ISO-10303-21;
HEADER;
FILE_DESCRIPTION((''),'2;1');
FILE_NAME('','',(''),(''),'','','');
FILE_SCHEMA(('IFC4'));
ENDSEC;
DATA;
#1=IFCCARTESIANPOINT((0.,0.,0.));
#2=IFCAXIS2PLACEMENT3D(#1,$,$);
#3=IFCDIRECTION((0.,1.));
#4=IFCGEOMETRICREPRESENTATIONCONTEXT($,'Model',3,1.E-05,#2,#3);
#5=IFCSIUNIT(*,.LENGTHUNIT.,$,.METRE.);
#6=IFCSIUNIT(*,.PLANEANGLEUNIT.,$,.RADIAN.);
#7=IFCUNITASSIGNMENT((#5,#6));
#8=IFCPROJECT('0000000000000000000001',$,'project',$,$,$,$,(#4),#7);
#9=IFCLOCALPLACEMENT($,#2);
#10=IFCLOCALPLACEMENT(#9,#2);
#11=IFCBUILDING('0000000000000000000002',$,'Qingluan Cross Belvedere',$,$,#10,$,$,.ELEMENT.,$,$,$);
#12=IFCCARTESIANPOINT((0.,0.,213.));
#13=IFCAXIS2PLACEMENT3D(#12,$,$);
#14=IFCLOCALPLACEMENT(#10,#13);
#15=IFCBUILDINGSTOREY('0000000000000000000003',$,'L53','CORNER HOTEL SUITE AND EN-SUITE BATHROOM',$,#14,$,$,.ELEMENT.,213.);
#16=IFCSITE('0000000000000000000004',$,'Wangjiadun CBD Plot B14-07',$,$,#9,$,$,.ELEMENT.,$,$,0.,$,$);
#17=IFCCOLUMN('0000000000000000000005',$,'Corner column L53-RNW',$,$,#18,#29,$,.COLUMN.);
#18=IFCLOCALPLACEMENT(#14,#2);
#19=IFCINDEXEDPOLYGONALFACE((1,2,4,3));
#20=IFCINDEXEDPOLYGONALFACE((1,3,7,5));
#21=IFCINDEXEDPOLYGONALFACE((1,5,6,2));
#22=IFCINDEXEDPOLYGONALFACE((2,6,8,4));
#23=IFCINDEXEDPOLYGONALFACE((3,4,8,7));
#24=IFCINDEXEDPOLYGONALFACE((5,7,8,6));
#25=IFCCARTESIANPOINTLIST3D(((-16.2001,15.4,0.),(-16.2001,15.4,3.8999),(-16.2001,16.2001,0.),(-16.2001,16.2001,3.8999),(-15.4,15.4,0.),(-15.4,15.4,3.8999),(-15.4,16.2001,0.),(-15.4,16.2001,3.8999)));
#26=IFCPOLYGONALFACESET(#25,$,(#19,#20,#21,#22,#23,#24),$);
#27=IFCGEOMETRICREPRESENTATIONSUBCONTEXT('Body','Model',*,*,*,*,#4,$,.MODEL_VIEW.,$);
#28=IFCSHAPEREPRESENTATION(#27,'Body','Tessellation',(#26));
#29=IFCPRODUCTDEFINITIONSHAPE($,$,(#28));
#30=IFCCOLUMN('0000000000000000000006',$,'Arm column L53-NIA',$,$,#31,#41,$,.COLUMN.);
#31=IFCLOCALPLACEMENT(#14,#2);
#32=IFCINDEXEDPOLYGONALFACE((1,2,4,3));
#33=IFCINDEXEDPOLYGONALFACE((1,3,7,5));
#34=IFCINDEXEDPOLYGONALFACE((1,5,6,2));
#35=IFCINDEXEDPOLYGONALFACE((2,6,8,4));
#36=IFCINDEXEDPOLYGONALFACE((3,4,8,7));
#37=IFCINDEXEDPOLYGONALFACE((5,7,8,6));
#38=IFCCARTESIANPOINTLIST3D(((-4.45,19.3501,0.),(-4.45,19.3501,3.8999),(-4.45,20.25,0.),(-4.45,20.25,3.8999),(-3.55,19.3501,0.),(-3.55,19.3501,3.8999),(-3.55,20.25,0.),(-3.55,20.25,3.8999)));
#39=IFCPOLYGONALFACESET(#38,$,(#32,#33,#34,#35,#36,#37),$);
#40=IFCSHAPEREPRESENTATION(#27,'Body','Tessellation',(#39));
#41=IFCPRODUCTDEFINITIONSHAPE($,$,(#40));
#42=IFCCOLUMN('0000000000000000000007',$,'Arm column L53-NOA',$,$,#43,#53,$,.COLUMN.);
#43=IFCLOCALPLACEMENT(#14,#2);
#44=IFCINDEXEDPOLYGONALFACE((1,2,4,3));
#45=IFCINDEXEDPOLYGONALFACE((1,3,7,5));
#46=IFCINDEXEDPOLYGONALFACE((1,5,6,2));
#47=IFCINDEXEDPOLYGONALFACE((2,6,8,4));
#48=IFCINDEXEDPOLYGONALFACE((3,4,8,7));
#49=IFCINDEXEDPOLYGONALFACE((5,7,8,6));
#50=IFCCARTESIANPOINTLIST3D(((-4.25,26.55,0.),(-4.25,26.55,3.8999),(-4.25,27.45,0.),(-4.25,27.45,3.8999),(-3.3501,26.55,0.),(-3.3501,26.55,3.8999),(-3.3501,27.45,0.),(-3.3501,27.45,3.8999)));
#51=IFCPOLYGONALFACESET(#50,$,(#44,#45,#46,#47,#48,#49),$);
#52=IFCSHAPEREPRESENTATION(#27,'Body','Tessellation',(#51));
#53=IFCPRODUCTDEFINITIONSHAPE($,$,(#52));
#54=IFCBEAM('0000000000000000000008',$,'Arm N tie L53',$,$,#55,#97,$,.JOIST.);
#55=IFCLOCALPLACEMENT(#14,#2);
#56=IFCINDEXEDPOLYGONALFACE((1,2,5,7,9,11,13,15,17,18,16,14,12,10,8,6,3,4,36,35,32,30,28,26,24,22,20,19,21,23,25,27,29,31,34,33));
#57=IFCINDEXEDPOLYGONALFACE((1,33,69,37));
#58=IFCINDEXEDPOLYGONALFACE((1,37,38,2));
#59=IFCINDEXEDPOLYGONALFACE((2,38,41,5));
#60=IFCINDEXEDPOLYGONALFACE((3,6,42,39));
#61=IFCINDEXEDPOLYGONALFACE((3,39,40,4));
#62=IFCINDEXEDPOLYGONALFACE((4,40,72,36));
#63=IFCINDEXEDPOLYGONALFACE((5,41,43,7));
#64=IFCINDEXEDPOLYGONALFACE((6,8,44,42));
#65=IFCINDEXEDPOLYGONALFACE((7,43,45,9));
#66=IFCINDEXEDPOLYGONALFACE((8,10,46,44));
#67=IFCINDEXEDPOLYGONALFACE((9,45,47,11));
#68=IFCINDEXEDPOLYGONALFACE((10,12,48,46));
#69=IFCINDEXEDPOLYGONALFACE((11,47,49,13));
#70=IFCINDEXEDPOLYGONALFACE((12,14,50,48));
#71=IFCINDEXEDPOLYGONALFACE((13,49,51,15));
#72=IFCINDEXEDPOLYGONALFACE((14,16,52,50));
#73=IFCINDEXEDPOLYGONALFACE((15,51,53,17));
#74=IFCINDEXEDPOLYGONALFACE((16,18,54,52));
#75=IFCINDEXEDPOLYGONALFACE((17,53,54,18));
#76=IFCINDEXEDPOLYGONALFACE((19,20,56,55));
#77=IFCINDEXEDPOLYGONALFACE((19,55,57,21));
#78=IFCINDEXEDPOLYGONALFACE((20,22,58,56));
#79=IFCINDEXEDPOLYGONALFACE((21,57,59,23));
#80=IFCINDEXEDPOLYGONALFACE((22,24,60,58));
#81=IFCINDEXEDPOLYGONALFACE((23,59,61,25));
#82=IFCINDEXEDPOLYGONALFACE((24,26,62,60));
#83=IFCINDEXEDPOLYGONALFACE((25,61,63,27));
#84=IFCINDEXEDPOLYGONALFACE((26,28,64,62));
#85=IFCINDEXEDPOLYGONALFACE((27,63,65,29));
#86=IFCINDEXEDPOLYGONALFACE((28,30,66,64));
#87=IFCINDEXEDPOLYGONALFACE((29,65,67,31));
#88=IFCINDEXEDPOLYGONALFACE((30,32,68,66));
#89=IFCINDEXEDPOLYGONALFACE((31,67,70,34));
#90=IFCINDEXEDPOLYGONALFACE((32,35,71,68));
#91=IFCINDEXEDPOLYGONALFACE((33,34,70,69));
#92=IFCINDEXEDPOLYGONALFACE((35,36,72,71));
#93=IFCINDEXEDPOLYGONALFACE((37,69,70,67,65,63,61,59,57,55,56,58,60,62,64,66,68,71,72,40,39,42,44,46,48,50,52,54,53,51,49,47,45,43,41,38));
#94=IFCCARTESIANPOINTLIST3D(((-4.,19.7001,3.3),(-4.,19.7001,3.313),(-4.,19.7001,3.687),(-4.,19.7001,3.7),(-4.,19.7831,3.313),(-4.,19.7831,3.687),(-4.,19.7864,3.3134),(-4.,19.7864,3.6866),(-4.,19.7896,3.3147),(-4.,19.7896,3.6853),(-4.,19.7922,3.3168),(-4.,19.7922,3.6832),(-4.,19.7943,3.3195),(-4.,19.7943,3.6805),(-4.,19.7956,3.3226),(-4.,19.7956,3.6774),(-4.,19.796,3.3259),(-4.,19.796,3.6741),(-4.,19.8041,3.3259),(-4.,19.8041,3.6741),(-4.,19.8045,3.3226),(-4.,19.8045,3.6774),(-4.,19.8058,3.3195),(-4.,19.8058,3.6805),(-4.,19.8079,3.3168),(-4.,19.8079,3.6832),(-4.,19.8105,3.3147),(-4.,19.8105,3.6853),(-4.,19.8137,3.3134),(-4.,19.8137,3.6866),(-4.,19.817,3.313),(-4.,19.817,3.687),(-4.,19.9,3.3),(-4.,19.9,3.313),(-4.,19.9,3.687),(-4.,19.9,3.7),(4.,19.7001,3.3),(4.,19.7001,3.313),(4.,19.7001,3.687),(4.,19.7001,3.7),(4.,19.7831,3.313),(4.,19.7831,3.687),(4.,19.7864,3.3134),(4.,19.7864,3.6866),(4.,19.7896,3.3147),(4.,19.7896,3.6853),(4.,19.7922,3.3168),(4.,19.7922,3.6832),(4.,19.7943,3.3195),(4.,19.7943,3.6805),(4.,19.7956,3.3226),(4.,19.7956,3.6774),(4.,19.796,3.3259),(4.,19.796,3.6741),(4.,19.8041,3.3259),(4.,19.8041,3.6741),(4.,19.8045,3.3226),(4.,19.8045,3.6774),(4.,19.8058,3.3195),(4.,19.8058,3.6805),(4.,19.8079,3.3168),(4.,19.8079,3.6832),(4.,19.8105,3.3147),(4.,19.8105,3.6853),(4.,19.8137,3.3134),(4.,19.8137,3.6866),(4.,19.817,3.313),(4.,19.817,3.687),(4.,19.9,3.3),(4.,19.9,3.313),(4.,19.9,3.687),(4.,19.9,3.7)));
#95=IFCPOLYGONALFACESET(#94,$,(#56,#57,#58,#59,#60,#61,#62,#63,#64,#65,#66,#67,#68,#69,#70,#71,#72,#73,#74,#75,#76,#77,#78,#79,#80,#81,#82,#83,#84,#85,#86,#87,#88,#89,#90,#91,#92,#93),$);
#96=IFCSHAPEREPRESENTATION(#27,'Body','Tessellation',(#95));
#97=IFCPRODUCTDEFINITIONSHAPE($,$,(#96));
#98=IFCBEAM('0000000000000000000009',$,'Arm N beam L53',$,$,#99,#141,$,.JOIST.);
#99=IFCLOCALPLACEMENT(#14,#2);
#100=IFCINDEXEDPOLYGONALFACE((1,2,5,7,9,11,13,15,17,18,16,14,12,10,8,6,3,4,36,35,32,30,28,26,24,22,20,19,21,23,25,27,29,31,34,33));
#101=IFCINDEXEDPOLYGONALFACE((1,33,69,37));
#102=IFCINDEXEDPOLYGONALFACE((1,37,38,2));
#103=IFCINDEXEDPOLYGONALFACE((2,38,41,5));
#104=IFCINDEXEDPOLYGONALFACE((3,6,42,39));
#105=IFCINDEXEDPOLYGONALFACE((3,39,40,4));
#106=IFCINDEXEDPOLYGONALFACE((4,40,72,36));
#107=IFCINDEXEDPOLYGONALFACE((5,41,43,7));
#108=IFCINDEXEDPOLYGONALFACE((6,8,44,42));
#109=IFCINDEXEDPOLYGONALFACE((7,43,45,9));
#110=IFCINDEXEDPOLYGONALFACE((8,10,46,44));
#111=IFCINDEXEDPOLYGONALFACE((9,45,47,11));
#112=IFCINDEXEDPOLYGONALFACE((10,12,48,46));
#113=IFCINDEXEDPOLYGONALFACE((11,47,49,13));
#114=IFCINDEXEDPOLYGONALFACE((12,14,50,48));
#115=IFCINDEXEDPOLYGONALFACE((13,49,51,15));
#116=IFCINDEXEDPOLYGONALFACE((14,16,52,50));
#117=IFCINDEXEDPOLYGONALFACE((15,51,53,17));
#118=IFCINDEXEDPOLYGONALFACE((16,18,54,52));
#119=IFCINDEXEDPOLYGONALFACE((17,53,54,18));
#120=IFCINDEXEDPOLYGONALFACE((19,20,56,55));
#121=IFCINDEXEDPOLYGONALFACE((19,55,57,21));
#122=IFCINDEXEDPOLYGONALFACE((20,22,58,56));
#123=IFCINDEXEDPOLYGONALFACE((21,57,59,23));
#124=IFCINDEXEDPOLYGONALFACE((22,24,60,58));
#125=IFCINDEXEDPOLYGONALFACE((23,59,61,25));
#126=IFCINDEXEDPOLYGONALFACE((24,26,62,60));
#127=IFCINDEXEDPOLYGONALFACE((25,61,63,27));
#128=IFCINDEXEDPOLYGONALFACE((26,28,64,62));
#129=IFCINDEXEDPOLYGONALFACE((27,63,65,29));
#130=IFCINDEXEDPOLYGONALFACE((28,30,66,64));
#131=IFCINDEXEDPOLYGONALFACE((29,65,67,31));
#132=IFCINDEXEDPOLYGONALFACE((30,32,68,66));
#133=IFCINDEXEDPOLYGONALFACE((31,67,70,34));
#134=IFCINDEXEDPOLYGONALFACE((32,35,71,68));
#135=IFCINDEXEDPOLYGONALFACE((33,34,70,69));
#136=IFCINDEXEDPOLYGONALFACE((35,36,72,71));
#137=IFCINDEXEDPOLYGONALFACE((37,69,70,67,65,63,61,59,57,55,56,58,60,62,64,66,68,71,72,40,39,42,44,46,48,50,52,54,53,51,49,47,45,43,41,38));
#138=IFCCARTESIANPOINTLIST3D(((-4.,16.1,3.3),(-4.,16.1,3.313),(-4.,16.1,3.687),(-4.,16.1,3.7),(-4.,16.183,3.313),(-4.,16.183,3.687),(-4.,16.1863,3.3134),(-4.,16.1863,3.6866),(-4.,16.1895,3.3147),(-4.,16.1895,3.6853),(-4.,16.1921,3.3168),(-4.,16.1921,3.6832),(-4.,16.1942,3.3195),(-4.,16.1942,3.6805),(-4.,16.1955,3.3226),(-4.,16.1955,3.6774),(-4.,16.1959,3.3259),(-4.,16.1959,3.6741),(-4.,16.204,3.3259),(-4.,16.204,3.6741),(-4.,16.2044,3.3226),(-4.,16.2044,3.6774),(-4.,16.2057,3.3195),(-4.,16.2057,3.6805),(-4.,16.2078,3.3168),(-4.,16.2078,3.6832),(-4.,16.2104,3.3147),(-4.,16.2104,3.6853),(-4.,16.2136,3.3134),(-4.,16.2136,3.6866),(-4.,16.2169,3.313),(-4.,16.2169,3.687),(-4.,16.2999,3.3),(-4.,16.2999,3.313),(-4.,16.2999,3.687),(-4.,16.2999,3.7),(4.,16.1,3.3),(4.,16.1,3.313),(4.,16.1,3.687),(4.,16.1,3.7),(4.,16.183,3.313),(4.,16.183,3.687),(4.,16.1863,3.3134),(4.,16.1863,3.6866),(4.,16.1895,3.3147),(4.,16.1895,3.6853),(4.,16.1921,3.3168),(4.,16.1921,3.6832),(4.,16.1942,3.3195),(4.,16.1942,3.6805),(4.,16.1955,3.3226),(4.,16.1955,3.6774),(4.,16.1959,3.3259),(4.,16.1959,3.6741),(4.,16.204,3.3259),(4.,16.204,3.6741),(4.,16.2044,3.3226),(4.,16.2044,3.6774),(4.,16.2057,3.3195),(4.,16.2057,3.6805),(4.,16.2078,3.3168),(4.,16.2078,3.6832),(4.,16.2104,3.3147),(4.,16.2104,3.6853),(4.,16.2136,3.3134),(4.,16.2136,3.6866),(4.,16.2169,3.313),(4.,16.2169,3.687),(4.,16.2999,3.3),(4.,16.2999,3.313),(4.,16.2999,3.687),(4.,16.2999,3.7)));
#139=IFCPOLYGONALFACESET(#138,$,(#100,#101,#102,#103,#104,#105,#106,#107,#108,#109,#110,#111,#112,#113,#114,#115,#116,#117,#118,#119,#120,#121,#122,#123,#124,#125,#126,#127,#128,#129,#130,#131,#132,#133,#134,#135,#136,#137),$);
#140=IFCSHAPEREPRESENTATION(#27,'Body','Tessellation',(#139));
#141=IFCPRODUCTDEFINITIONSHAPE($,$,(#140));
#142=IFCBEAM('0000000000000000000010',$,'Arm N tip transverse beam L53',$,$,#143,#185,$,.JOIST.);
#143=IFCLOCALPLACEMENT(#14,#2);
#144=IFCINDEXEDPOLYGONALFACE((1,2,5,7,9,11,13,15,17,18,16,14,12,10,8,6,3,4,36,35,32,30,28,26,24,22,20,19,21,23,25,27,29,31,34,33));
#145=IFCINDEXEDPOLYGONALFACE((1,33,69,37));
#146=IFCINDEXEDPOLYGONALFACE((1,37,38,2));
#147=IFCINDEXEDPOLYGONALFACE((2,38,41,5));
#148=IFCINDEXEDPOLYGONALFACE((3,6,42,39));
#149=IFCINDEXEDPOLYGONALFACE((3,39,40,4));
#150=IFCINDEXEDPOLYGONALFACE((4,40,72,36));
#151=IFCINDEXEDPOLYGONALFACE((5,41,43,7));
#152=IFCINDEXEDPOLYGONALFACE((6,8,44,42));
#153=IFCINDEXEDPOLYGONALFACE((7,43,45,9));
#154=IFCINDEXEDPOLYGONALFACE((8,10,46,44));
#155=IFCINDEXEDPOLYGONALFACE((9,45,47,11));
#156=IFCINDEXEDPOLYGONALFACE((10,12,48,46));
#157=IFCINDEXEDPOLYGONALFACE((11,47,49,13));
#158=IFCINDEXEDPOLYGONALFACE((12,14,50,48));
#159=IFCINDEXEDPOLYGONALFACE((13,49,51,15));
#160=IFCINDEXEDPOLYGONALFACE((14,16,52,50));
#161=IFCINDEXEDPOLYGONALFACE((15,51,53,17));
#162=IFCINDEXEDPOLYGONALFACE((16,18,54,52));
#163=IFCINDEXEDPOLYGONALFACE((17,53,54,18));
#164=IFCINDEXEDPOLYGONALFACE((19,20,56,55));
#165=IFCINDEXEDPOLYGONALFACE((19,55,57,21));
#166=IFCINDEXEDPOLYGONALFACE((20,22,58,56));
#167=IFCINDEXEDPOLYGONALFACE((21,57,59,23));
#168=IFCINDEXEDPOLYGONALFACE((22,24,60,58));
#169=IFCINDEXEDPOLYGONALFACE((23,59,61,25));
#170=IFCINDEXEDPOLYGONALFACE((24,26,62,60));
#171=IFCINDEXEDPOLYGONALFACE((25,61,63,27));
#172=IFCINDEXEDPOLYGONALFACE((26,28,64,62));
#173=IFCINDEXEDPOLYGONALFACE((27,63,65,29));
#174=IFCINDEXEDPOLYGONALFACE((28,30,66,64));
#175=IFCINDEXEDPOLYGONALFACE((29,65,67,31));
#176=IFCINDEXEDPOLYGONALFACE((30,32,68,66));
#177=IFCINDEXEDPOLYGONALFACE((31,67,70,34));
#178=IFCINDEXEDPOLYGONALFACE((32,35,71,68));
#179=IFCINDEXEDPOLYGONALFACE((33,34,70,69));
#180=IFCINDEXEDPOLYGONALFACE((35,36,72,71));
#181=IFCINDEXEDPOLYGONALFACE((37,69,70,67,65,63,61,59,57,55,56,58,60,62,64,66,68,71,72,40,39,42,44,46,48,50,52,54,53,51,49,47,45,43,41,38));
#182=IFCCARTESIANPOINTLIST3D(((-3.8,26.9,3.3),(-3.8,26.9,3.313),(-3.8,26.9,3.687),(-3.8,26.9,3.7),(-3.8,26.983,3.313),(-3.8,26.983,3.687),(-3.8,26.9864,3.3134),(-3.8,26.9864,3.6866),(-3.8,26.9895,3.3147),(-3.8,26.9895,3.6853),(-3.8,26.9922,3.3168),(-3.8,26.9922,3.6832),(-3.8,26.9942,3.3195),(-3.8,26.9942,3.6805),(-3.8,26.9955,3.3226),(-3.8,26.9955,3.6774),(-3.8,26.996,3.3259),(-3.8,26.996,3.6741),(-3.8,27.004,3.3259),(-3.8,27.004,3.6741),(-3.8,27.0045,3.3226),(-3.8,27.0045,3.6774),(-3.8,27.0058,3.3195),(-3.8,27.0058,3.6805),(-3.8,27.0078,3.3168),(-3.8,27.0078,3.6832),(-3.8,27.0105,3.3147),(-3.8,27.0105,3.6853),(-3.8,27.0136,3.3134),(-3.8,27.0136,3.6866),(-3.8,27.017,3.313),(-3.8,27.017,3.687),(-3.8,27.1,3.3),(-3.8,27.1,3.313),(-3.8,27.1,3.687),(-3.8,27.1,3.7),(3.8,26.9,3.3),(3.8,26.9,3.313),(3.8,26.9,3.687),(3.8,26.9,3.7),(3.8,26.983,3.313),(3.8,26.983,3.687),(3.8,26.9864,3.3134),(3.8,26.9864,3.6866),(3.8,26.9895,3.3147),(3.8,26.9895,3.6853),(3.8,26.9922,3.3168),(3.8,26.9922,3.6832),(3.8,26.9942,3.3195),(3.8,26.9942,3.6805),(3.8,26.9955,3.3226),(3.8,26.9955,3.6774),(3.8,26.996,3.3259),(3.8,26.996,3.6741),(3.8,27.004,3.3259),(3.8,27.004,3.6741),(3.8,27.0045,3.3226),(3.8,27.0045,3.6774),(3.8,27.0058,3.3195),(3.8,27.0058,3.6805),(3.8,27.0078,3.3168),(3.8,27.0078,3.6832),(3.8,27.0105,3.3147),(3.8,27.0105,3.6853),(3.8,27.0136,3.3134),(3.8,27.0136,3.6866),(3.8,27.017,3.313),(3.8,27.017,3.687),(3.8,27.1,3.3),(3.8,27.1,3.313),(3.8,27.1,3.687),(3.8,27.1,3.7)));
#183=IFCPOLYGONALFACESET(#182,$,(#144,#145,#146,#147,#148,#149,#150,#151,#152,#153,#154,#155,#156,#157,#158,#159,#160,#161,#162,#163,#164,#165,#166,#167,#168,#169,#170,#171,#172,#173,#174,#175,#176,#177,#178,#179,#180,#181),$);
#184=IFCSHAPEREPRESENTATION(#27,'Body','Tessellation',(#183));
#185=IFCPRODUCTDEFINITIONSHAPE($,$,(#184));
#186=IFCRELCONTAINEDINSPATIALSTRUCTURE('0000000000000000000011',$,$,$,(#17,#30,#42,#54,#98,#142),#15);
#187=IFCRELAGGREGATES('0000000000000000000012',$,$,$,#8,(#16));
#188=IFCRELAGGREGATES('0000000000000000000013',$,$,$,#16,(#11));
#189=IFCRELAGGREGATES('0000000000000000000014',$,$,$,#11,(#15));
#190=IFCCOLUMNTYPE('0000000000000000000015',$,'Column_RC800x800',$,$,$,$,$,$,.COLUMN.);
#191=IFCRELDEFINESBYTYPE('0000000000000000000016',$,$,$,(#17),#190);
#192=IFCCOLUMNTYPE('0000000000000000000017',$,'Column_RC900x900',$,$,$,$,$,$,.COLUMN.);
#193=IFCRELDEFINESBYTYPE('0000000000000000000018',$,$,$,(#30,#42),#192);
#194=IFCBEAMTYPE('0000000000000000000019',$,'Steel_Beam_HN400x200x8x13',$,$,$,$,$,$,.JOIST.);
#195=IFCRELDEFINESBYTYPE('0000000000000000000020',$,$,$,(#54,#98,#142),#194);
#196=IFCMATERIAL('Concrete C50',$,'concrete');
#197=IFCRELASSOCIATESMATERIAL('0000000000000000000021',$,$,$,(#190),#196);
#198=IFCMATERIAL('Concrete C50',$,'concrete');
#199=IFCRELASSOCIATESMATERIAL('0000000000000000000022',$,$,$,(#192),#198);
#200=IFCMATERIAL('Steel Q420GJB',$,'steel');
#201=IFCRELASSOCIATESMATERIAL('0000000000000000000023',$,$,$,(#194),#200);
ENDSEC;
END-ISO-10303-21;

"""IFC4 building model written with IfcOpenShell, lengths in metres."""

from ifc_helpers import new_model, si_unit, direction, frame, origin, origin_2d, place, context, subcontext, project, spatial, rectangle, i_section, extrude, material, material_profile, profile_set, type_object, element, save


model = new_model("IFC4")

# Units and contexts
model_context = context("Model", 3, precision=1e-05, world=origin(), true_north=direction((0.0, 1.0)))
body_context = subcontext(model_context, "Body", "Model", "MODEL_VIEW")
ifc_project = project(units=[si_unit("LENGTHUNIT", "METRE"), si_unit("PLANEANGLEUNIT", "RADIAN")], contexts=[model_context])

# Site, building, storey
site_placement = place(None, origin())
site = spatial("IfcSite", under=ifc_project, at=site_placement, Name="Wangjiadun CBD Plot B14-07", CompositionType="ELEMENT", RefElevation=0.0)
building_placement = place(site_placement, origin())
building = spatial("IfcBuilding", under=site, at=building_placement, Name="Qingluan Cross Belvedere", CompositionType="ELEMENT")
storey_placement = place(building_placement, frame((0.0, 0.0, 213.0)))
storey = spatial("IfcBuildingStorey", under=building, at=storey_placement, Name="L53", Description="CORNER HOTEL SUITE AND EN-SUITE BATHROOM", CompositionType="ELEMENT", Elevation=213.0)

# Columns
ifc_material_1 = material(Name="Concrete C50", Category="concrete")
ifc_material_profile_1 = material_profile(ifc_material_1, rectangle(XDim=0.8, YDim=0.8, at=origin_2d()), Name="RC800x800")
ifc_profile_set_1 = profile_set([ifc_material_profile_1], Name="Concrete C50")
column_type_1 = type_object("IfcColumnType", Name="Column_RC800x800", PredefinedType="COLUMN", material=ifc_profile_set_1)
column_placement = place(storey_placement, frame((-15.8, 15.8, 0.0), z_axis=(0.0, 0.0, 1.0), x_axis=(1.0, 0.0, 0.0)))
element("IfcColumn", 1, at=column_placement, inside=storey, type_object=column_type_1, Name="Corner column L53-RNW", PredefinedType="COLUMN", context=body_context, shape_type="SweptSolid", body=[
    extrude(rectangle(XDim=0.8, YDim=0.8, at=origin_2d()), origin(), (0.0, 0.0, 1.0), 3.8999),
])
ifc_material_2 = material(Name="Concrete C50", Category="concrete")
ifc_material_profile_2 = material_profile(ifc_material_2, rectangle(XDim=0.8999, YDim=0.8999, at=origin_2d()), Name="RC900x900")
ifc_profile_set_2 = profile_set([ifc_material_profile_2], Name="Concrete C50")
column_type_2 = type_object("IfcColumnType", Name="Column_RC900x900", PredefinedType="COLUMN", material=ifc_profile_set_2)
for number, where, z_axis, x_axis, name in (
    (2, (-4.0, 19.8, 0.0), (0.0, 0.0, 1.0), (1.0, 0.0, 0.0), "Arm column L53-NIA"),
    (3, (-3.8, 27.0, 0.0), (0.0, 0.0, 1.0), (1.0, 0.0, 0.0), "Arm column L53-NOA"),
):
    element("IfcColumn", number, at=place(storey_placement, frame(where, z_axis=z_axis, x_axis=x_axis)), inside=storey, type_object=column_type_2, Name=name, PredefinedType="COLUMN", context=body_context, shape_type="SweptSolid", body=[
        extrude(rectangle(XDim=0.8999, YDim=0.8999, at=origin_2d()), origin(), (0.0, 0.0, 1.0), 3.8999),
    ])

# Beams
ifc_material_3 = material(Name="Steel Q420GJB", Category="steel")
ifc_material_profile_3 = material_profile(ifc_material_3, i_section(OverallWidth=0.2, OverallDepth=0.3999, WebThickness=0.0081, FlangeThickness=0.0129, FilletRadius=0.0129, at=origin_2d()), Name="HN400x200x8x13")
ifc_profile_set_3 = profile_set([ifc_material_profile_3], Name="Steel Q420GJB")
beam_type_1 = type_object("IfcBeamType", Name="Steel_Beam_HN400x200x8x13", PredefinedType="JOIST", material=ifc_profile_set_3)
for number, where, z_axis, x_axis, name in (
    (4, (-4.0, 19.8, 3.5), (1.0, 0.0, 0.0), (0.0, 1.0, 0.0), "Arm N tie L53"),
    (5, (-4.0, 16.2, 3.5), (1.0, 0.0, 0.0), (0.0, 1.0, 0.0), "Arm N beam L53"),
):
    element("IfcBeam", number, at=place(storey_placement, frame(where, z_axis=z_axis, x_axis=x_axis)), inside=storey, type_object=beam_type_1, Name=name, PredefinedType="JOIST", context=body_context, shape_type="SweptSolid", body=[
        extrude(i_section(OverallWidth=0.2, OverallDepth=0.3999, WebThickness=0.0081, FlangeThickness=0.0129, FilletRadius=0.0129, at=origin_2d()), origin(), (0.0, 0.0, 1.0), 8.0),
    ])
beam_1_placement = place(storey_placement, frame((-3.8, 27.0, 3.5), z_axis=(1.0, 0.0, 0.0), x_axis=(0.0, 1.0, 0.0)))
element("IfcBeam", 6, at=beam_1_placement, inside=storey, type_object=beam_type_1, Name="Arm N tip transverse beam L53", PredefinedType="JOIST", context=body_context, shape_type="SweptSolid", body=[
    extrude(i_section(OverallWidth=0.2, OverallDepth=0.3999, WebThickness=0.0081, FlangeThickness=0.0129, FilletRadius=0.0129, at=origin_2d()), origin(), (0.0, 0.0, 1.0), 7.6001),
])

save(model, "model.ifc")
